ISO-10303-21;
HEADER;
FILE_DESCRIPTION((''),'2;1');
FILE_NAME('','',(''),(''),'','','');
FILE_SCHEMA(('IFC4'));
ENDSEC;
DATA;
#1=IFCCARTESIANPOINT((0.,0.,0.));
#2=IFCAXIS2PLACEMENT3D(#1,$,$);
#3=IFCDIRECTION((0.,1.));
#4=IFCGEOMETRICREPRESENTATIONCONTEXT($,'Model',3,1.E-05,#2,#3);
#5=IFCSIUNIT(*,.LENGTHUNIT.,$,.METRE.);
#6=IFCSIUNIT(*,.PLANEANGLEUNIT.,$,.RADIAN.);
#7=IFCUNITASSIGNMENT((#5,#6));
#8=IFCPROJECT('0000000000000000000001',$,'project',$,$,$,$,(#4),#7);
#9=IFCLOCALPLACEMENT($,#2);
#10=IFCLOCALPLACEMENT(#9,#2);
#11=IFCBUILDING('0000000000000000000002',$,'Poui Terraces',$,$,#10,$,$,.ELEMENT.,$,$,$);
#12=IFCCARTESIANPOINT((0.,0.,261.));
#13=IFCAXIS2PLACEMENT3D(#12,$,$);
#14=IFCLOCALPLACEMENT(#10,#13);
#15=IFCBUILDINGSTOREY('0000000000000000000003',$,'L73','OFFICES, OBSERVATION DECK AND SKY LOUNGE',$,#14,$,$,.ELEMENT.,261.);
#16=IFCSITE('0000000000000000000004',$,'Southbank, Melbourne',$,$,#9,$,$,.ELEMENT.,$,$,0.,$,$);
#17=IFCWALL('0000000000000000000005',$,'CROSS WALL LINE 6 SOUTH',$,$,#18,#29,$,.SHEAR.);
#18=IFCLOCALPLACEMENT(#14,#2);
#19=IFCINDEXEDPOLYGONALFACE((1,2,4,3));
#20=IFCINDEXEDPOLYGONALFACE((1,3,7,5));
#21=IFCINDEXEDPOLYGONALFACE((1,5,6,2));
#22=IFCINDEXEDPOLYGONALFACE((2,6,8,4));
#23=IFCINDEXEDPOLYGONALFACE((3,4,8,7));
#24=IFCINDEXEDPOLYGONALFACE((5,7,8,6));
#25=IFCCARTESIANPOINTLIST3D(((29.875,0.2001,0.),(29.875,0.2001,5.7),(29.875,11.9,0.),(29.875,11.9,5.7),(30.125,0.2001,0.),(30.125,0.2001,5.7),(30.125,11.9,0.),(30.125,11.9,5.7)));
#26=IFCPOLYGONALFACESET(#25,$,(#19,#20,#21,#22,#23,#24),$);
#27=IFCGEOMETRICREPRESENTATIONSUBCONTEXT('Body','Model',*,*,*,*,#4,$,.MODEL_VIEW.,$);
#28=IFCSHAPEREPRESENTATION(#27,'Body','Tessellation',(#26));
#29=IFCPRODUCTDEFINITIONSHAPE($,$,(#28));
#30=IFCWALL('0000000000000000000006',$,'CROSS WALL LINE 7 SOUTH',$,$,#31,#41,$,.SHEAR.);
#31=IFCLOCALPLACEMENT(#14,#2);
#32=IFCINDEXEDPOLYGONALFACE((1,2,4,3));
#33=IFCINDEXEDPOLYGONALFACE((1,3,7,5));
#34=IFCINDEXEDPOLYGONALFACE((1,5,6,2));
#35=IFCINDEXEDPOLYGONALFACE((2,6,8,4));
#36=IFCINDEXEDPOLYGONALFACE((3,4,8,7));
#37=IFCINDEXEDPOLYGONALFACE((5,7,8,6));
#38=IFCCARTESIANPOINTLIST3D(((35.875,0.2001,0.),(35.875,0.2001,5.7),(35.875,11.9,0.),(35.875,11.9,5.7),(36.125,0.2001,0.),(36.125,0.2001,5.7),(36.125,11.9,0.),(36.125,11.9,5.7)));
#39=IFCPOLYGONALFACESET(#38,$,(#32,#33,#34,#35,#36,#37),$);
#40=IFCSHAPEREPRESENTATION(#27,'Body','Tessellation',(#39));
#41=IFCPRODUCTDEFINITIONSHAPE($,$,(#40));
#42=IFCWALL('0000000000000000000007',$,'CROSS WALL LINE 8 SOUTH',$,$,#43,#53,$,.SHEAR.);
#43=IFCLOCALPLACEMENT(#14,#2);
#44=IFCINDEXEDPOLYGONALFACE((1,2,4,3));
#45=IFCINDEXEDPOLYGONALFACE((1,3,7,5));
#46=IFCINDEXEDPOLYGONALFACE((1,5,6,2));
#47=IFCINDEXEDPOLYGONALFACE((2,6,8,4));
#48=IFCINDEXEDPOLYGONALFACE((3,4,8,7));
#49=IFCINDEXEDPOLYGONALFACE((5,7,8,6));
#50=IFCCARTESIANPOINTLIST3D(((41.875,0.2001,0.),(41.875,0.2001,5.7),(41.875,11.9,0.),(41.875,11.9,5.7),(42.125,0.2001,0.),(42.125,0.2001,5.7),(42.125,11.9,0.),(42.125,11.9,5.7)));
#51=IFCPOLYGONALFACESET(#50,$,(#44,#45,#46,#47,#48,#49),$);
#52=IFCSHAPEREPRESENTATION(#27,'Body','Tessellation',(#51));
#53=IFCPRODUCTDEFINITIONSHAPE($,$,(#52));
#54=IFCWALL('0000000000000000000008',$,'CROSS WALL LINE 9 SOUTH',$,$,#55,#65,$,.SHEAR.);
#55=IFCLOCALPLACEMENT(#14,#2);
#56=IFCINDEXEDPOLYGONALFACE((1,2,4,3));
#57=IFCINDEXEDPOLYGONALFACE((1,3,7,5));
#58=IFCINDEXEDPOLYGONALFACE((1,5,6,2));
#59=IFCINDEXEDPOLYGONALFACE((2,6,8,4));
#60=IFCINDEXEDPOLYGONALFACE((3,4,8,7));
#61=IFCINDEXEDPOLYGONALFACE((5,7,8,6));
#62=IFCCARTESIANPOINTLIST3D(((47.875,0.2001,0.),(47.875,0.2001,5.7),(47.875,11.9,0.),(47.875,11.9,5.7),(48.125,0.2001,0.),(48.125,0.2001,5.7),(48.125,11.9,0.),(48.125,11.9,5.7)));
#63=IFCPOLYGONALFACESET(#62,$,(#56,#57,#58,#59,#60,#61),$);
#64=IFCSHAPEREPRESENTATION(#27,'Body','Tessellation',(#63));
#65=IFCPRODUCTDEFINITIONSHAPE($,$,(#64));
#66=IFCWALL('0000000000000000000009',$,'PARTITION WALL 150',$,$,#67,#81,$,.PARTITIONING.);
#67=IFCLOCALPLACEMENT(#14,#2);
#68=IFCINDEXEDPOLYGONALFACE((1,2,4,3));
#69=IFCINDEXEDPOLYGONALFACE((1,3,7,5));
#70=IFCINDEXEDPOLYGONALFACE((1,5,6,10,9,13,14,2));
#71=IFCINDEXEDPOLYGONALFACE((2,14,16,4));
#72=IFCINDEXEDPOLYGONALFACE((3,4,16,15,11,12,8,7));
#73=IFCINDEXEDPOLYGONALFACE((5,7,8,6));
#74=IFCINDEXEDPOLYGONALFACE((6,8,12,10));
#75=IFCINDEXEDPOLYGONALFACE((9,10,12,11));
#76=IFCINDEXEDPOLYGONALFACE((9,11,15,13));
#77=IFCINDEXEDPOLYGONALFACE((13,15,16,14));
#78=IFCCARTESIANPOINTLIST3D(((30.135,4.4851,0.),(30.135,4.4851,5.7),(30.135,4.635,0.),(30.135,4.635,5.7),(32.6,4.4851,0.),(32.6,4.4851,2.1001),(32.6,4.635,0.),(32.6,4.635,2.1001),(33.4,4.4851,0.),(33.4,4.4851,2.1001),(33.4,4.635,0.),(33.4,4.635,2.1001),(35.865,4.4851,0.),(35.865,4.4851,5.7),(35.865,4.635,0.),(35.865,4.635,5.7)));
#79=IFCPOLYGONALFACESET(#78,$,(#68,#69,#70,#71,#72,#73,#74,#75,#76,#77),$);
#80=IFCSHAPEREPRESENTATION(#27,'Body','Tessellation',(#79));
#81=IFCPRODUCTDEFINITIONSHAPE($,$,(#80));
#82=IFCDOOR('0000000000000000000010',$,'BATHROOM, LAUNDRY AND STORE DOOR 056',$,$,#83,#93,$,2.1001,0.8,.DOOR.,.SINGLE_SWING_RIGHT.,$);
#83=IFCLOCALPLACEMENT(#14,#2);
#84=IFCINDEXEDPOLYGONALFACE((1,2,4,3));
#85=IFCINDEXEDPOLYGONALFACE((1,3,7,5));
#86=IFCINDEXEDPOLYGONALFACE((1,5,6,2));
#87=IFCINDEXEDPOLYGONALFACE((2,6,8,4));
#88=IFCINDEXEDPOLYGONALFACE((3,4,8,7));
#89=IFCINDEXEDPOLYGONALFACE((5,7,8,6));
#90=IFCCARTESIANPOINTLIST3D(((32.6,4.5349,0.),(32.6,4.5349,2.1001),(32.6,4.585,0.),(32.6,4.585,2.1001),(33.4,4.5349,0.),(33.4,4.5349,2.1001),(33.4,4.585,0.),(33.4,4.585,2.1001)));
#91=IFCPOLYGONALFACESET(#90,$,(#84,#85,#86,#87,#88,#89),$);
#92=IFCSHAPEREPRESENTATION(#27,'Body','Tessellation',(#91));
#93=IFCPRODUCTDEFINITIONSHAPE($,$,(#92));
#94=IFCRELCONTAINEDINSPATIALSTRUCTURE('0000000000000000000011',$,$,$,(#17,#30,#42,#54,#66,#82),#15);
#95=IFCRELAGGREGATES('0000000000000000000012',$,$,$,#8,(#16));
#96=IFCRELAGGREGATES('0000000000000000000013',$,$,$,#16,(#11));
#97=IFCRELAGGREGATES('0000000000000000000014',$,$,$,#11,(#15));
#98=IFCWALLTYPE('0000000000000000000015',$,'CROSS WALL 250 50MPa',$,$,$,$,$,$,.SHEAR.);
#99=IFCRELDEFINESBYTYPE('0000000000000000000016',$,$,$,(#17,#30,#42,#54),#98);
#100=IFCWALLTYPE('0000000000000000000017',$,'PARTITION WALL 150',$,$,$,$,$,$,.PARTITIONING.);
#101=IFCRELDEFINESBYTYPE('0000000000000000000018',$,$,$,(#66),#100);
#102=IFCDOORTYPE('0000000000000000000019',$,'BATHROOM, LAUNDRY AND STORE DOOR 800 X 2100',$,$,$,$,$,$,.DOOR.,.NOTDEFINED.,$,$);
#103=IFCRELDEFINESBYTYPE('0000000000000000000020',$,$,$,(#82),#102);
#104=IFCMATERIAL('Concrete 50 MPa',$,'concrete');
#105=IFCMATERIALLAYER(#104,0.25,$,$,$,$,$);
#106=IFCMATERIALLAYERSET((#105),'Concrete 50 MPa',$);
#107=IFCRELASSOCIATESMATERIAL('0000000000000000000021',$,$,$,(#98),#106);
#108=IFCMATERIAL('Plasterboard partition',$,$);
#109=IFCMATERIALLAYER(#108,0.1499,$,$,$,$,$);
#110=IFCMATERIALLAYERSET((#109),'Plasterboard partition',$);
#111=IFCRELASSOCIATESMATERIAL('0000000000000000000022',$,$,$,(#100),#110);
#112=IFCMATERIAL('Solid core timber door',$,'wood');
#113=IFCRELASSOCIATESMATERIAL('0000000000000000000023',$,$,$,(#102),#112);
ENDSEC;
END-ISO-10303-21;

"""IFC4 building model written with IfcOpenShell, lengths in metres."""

from ifc_helpers import new_model, si_unit, direction, frame, frame_2d, origin, place, context, subcontext, project, spatial, rectangle, extrude, material, layer, layer_set, type_object, element, fill, save


model = new_model("IFC4")

# Units and contexts
model_context = context("Model", 3, precision=1e-05, world=origin(), true_north=direction((0.0, 1.0)))
body_context = subcontext(model_context, "Body", "Model", "MODEL_VIEW")
ifc_project = project(units=[si_unit("LENGTHUNIT", "METRE"), si_unit("PLANEANGLEUNIT", "RADIAN")], contexts=[model_context])

# Site, building, storey
site_placement = place(None, origin())
site = spatial("IfcSite", under=ifc_project, at=site_placement, Name="Southbank, Melbourne", CompositionType="ELEMENT", RefElevation=0.0)
building_placement = place(site_placement, origin())
building = spatial("IfcBuilding", under=site, at=building_placement, Name="Poui Terraces", CompositionType="ELEMENT")
storey_placement = place(building_placement, frame((0.0, 0.0, 261.0)))
storey = spatial("IfcBuildingStorey", under=building, at=storey_placement, Name="L73", Description="OFFICES, OBSERVATION DECK AND SKY LOUNGE", CompositionType="ELEMENT", Elevation=261.0)

# Shared definitions
ifc_material_1 = material(Name="Concrete 50 MPa", Category="concrete")

# Shared definitions
ifc_material_2 = material(Name="Solid core timber door", Category="wood")

# Walls
ifc_layer_1 = layer(ifc_material_1, 0.25)
ifc_layer_set_1 = layer_set([ifc_layer_1], Name="Concrete 50 MPa")
wall_type_1 = type_object("IfcWallType", Name="CROSS WALL 250 50MPa", PredefinedType="SHEAR", material=ifc_layer_set_1)
for number, where, z_axis, x_axis, name in (
    (1, (30.0, 0.2, 0.0), (0.0, 0.0, 1.0), (0.0, 1.0, 0.0), "CROSS WALL LINE 6 SOUTH"),
    (2, (36.0, 0.2, 0.0), (0.0, 0.0, 1.0), (0.0, 1.0, 0.0), "CROSS WALL LINE 7 SOUTH"),
    (3, (42.0, 0.2, 0.0), (0.0, 0.0, 1.0), (0.0, 1.0, 0.0), "CROSS WALL LINE 8 SOUTH"),
    (4, (48.0, 0.2, 0.0), (0.0, 0.0, 1.0), (0.0, 1.0, 0.0), "CROSS WALL LINE 9 SOUTH"),
):
    element("IfcWall", number, at=place(storey_placement, frame(where, z_axis=z_axis, x_axis=x_axis)), inside=storey, type_object=wall_type_1, Name=name, PredefinedType="SHEAR", context=body_context, shape_type="SweptSolid", body=[
        extrude(rectangle(XDim=11.7, YDim=0.25, at=frame_2d((5.8501, 0.0))), origin(), (0.0, 0.0, 1.0), 5.7),
    ])

# Wall, opening, door
ifc_material_3 = material(Name="Plasterboard partition")
ifc_layer_2 = layer(ifc_material_3, 0.1499)
ifc_layer_set_2 = layer_set([ifc_layer_2], Name="Plasterboard partition")
wall_type_2 = type_object("IfcWallType", Name="PARTITION WALL 150", PredefinedType="PARTITIONING", material=ifc_layer_set_2)
wall_1_placement = place(storey_placement, frame((30.135, 4.5601, 0.0), z_axis=(0.0, 0.0, 1.0), x_axis=(1.0, 0.0, 0.0)))
wall_1 = element("IfcWall", 5, at=wall_1_placement, inside=storey, type_object=wall_type_2, Name="PARTITION WALL 150", PredefinedType="PARTITIONING", context=body_context, shape_type="SweptSolid", body=[
    extrude(rectangle(XDim=5.73, YDim=0.1499, at=frame_2d((2.865, 0.0))), origin(), (0.0, 0.0, 1.0), 5.7),
])
opening_1_placement = place(wall_1_placement, frame((2.4651, 0.0, 0.0)))
opening_1 = element("IfcOpeningElement", 6, at=opening_1_placement, cuts=wall_1, PredefinedType="OPENING", context=body_context, shape_type="SweptSolid", body=[
    extrude(rectangle(XDim=0.8, YDim=2.1001, at=frame_2d((0.3999, 1.05))), frame((0.0, 0.085, 0.0), z_axis=(0.0, -1.0, 0.0), x_axis=(1.0, 0.0, 0.0)), (0.0, 0.0, 1.0), 0.1699),
])
door_type_1 = type_object("IfcDoorType", Name="BATHROOM, LAUNDRY AND STORE DOOR 800 X 2100", OperationType="NOTDEFINED", PredefinedType="DOOR", material=ifc_material_2)
door_1_placement = place(opening_1_placement, origin())
door_1 = element("IfcDoor", 7, at=door_1_placement, inside=storey, type_object=door_type_1, Name="BATHROOM, LAUNDRY AND STORE DOOR 056", OperationType="SINGLE_SWING_RIGHT", OverallHeight=2.1001, OverallWidth=0.8, PredefinedType="DOOR", context=body_context, shape_type="SweptSolid", body=[
    extrude(rectangle(XDim=0.8, YDim=2.1001, at=frame_2d((0.3999, 1.05))), frame((0.0, 0.0249, 0.0), z_axis=(0.0, -1.0, 0.0), x_axis=(1.0, 0.0, 0.0)), (0.0, 0.0, 1.0), 0.05),
])
fill(opening_1, door_1)

save(model, "model.ifc")
